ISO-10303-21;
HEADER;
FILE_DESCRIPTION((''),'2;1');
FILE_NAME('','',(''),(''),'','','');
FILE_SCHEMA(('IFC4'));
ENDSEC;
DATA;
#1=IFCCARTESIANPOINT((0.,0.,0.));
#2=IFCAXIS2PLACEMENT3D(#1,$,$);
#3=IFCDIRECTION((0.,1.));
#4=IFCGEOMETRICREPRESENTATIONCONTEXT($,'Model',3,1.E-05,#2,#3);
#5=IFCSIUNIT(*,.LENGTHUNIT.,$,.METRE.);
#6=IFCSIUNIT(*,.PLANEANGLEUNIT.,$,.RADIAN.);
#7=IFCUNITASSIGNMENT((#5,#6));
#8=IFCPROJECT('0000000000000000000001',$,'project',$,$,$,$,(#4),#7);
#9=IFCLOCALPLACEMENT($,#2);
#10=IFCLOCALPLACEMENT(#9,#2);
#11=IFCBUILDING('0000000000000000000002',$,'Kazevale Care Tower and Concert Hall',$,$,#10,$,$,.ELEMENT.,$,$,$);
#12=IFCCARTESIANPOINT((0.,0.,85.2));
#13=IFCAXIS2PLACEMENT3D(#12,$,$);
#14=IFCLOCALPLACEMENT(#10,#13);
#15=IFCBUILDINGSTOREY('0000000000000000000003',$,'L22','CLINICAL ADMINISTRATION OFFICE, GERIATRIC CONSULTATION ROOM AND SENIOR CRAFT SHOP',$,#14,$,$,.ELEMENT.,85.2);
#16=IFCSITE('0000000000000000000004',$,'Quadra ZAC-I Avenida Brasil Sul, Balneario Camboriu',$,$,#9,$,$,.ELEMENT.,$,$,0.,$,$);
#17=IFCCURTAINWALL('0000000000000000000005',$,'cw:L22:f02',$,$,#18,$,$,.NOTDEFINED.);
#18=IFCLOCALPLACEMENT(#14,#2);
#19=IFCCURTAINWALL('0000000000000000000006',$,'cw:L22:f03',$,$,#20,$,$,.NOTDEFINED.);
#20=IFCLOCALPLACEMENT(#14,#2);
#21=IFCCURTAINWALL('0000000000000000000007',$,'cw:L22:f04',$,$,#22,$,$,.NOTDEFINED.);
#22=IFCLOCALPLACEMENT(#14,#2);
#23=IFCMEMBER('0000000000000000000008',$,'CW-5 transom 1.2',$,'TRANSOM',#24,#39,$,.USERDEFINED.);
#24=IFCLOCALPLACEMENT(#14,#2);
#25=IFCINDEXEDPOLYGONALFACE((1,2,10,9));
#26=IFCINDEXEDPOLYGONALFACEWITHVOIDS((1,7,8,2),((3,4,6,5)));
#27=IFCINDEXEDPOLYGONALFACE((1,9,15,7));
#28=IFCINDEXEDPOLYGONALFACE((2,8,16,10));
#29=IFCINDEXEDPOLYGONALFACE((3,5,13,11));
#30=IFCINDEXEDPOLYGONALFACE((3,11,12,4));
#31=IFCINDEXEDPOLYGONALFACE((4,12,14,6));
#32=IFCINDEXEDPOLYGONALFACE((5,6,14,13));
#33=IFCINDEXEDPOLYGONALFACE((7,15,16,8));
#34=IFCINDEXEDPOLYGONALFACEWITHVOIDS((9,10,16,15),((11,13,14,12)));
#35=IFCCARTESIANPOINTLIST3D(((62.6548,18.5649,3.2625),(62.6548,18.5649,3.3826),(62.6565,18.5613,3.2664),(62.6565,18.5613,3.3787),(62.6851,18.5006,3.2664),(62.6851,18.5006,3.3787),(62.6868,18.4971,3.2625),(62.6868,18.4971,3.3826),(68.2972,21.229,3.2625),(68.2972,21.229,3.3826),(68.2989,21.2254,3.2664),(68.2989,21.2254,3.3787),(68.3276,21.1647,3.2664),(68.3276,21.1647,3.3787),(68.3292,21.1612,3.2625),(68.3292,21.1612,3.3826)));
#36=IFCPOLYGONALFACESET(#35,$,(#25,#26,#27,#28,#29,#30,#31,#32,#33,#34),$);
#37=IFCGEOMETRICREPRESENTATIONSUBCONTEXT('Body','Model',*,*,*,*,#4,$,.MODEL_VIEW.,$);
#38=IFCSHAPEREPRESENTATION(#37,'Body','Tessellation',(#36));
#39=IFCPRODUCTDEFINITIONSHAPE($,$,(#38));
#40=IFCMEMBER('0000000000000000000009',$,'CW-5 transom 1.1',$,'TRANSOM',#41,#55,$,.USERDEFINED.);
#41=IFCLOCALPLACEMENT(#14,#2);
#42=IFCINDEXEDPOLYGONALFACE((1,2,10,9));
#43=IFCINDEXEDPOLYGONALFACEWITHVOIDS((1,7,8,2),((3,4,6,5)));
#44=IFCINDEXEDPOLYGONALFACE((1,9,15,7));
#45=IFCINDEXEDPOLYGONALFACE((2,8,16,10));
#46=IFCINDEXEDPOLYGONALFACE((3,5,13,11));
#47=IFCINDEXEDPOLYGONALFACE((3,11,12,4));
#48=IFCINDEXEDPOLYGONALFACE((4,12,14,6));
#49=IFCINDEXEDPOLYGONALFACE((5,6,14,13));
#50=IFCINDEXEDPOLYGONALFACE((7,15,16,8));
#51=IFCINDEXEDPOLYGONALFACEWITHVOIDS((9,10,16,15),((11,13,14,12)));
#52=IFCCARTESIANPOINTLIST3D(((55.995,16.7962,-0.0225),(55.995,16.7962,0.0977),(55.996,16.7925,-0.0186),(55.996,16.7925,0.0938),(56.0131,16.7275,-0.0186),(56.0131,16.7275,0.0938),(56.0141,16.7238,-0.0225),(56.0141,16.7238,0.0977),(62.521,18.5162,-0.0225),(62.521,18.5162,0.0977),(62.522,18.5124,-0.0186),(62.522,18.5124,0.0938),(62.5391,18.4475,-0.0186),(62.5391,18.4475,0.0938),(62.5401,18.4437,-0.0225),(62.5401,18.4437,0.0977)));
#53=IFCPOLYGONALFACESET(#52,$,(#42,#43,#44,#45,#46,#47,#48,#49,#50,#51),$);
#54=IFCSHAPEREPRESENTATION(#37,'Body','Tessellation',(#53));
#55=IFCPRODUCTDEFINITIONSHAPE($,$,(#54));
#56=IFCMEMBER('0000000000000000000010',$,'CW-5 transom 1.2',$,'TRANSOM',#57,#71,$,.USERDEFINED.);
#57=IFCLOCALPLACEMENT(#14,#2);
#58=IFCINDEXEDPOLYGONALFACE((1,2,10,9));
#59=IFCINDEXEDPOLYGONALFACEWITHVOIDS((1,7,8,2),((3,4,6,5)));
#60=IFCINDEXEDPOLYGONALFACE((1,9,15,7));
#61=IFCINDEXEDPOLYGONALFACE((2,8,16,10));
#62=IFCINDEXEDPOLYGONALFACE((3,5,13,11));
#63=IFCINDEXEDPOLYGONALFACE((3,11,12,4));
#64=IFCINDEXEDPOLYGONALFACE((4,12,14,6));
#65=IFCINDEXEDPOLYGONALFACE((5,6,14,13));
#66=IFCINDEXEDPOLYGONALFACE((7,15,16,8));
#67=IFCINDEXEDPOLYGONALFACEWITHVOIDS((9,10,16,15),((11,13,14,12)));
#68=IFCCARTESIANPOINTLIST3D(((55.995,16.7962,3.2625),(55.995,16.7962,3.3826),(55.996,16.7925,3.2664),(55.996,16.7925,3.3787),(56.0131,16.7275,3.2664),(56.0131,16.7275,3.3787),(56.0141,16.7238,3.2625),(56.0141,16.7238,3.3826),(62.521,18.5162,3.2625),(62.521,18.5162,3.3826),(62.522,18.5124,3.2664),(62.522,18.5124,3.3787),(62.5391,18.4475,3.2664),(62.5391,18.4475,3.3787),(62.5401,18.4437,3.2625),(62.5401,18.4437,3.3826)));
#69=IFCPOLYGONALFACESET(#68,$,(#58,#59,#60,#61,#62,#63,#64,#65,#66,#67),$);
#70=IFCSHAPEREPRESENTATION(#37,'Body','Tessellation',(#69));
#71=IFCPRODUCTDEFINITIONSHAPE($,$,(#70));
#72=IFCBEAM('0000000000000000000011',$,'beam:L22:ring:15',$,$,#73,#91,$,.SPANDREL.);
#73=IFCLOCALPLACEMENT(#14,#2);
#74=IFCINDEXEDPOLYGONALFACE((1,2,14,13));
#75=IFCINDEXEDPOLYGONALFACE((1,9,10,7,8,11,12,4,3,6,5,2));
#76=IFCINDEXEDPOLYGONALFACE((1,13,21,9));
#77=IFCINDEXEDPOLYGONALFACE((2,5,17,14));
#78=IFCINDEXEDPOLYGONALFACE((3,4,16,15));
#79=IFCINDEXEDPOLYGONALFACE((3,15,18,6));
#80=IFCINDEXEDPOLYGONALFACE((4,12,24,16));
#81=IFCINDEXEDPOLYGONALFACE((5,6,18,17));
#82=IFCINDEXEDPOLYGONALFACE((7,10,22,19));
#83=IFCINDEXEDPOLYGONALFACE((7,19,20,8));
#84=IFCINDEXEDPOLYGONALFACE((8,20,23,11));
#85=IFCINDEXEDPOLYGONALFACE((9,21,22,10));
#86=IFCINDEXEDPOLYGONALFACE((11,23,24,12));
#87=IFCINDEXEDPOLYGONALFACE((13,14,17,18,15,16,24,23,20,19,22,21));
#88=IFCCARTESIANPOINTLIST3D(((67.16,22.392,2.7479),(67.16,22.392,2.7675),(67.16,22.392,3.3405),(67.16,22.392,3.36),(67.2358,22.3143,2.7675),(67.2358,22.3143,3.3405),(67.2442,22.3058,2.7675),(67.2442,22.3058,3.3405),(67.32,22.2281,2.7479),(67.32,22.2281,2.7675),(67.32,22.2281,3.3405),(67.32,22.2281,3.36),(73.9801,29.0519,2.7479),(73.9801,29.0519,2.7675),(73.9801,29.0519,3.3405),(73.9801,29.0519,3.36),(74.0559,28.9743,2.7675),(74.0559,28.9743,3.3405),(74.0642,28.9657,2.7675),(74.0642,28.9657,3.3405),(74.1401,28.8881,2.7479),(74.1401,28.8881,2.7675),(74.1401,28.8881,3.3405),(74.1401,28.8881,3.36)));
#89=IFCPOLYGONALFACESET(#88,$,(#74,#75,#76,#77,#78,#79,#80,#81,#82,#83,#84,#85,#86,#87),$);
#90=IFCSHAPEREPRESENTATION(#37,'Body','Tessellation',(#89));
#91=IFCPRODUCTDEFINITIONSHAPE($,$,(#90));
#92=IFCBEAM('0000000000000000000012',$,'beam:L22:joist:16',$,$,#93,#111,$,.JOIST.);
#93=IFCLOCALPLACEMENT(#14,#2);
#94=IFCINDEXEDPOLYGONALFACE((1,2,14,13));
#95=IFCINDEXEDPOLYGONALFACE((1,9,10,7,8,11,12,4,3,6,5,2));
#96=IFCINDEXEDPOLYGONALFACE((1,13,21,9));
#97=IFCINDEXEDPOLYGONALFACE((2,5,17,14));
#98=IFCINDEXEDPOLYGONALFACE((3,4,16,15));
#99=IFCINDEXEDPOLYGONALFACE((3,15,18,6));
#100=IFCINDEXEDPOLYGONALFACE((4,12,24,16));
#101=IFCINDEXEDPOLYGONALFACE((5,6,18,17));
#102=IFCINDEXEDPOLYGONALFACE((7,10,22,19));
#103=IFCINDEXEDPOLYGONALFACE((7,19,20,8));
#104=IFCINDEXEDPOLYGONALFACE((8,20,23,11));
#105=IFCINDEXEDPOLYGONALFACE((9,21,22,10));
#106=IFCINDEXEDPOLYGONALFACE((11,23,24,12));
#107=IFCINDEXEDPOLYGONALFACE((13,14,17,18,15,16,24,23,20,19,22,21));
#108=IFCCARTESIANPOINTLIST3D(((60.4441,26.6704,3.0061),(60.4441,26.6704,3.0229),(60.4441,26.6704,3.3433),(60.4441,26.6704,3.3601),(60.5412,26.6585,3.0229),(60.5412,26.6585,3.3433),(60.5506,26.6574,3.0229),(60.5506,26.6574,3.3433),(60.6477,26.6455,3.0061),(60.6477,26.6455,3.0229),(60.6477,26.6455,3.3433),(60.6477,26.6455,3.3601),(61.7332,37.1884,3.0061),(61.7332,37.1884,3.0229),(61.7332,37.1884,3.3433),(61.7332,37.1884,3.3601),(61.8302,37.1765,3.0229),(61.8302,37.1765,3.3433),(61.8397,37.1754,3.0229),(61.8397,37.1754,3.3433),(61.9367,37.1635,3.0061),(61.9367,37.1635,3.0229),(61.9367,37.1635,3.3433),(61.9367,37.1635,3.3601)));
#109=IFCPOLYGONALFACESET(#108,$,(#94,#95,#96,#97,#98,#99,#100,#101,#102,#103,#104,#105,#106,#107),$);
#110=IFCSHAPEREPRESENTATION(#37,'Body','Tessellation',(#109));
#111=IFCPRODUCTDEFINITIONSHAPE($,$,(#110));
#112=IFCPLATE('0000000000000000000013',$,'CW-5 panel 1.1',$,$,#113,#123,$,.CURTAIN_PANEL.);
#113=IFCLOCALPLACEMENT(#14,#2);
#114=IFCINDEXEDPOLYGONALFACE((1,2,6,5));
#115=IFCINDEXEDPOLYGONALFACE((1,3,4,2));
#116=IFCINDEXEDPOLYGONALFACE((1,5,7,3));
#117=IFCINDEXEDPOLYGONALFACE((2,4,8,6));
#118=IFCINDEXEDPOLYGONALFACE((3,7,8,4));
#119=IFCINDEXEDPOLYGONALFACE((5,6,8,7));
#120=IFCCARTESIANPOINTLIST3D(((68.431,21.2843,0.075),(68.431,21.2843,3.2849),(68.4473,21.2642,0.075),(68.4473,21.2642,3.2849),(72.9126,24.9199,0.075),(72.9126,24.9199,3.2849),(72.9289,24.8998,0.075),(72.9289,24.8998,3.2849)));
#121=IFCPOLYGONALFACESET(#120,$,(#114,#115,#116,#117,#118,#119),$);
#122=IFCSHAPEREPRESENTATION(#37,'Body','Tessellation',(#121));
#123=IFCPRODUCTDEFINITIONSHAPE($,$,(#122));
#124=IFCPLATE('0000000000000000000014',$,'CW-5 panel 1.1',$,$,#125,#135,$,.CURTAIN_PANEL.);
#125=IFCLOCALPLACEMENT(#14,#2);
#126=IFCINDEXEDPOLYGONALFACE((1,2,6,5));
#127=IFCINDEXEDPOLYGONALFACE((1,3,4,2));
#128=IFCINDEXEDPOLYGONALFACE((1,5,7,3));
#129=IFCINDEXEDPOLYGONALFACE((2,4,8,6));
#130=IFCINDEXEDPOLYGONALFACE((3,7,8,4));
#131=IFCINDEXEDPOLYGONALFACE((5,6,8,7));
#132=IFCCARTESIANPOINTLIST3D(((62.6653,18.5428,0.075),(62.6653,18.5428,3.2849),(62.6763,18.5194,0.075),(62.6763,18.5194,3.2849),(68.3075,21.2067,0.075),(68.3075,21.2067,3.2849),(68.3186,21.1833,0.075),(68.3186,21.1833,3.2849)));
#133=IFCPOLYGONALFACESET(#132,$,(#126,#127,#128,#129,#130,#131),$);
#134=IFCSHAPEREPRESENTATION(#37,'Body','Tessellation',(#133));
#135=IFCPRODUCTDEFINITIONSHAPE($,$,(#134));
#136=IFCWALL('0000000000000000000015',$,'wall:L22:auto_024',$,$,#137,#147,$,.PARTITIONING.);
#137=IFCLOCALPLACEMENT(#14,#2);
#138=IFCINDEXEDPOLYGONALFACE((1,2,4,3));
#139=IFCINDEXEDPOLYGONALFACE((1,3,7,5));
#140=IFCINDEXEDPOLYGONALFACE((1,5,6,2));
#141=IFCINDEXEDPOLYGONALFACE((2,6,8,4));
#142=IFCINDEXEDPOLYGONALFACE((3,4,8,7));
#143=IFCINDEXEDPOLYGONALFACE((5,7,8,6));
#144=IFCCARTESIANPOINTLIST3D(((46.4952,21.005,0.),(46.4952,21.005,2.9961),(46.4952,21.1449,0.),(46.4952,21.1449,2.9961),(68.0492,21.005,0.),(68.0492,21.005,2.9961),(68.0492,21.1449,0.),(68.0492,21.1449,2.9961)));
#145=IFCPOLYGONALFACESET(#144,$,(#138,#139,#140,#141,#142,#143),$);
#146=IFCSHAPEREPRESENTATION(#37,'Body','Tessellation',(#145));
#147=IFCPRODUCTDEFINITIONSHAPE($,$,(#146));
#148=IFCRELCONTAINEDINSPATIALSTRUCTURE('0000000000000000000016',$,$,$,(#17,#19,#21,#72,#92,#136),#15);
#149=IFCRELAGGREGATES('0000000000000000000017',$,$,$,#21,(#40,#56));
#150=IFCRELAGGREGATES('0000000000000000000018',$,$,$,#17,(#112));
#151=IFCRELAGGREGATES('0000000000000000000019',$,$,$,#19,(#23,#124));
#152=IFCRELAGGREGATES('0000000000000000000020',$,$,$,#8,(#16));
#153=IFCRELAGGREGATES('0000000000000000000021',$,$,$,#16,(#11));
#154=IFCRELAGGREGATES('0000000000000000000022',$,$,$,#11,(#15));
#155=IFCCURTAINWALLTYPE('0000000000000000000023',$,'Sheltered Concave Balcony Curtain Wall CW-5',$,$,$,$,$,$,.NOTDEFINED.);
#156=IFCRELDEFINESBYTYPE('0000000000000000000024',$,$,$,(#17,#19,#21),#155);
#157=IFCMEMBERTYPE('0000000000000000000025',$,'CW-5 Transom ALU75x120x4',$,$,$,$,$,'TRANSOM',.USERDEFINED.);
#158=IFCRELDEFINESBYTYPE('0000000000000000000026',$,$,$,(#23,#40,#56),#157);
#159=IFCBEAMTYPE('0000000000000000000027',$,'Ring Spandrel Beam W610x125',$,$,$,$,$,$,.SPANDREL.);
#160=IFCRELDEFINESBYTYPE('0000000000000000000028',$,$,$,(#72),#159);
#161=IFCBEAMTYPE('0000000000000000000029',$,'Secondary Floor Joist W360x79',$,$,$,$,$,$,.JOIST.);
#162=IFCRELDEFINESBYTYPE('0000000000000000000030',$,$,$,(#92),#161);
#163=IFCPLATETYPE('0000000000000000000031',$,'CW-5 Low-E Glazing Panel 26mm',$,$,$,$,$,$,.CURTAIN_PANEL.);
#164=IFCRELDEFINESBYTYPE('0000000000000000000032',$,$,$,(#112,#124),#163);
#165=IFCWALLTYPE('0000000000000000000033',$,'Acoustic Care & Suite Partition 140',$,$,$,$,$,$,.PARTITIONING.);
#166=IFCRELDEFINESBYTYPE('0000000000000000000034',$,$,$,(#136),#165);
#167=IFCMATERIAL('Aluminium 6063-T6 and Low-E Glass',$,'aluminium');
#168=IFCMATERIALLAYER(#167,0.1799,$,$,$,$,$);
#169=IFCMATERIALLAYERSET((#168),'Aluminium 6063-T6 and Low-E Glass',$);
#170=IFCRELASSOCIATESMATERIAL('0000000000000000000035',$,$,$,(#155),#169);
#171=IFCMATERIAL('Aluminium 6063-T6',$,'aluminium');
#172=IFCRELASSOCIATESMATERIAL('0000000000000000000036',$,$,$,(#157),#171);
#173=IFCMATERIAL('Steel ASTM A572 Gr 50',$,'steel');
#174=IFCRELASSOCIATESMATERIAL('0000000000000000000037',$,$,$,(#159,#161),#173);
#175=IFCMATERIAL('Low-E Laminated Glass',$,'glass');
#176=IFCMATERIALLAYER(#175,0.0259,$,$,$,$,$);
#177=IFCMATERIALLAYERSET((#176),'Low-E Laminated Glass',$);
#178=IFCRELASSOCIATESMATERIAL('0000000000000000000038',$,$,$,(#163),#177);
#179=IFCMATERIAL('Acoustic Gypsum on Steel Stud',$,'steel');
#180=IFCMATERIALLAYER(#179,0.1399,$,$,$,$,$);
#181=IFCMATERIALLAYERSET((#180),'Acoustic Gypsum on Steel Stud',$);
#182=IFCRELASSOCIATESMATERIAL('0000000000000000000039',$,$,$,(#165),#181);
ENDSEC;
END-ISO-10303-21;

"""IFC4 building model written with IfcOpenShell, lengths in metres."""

from ifc_helpers import new_model, si_unit, direction, frame, frame_2d, origin, origin_2d, place, context, subcontext, project, spatial, rectangle, hollow_rectangle, i_section, extrude, material, layer, layer_set, material_profile, profile_set, type_object, element, aggregate, save


model = new_model("IFC4")

# Units and contexts
model_context = context("Model", 3, precision=1e-05, world=origin(), true_north=direction((0.0, 1.0)))
body_context = subcontext(model_context, "Body", "Model", "MODEL_VIEW")
ifc_project = project(units=[si_unit("LENGTHUNIT", "METRE"), si_unit("PLANEANGLEUNIT", "RADIAN")], contexts=[model_context])

# Site, building, storey
site_placement = place(None, origin())
site = spatial("IfcSite", under=ifc_project, at=site_placement, Name="Quadra ZAC-I Avenida Brasil Sul, Balneario Camboriu", CompositionType="ELEMENT", RefElevation=0.0)
building_placement = place(site_placement, origin())
building = spatial("IfcBuilding", under=site, at=building_placement, Name="Kazevale Care Tower and Concert Hall", CompositionType="ELEMENT")
storey_placement = place(building_placement, frame((0.0, 0.0, 85.2)))
storey = spatial("IfcBuildingStorey", under=building, at=storey_placement, Name="L22", Description="CLINICAL ADMINISTRATION OFFICE, GERIATRIC CONSULTATION ROOM AND SENIOR CRAFT SHOP", CompositionType="ELEMENT", Elevation=85.2)

# Curtain walls
ifc_material_1 = material(Name="Aluminium 6063-T6 and Low-E Glass", Category="aluminium")
ifc_layer_1 = layer(ifc_material_1, 0.1799)
ifc_layer_set_1 = layer_set([ifc_layer_1], Name="Aluminium 6063-T6 and Low-E Glass")
curtain_wall_type = type_object("IfcCurtainWallType", Name="Sheltered Concave Balcony Curtain Wall CW-5", PredefinedType="NOTDEFINED", material=ifc_layer_set_1)
curtain_wall_1_placement = place(storey_placement, origin())
curtain_wall_1 = element("IfcCurtainWall", 1, at=curtain_wall_1_placement, inside=storey, type_object=curtain_wall_type, Name="cw:L22:f02", PredefinedType="NOTDEFINED")
ifc_material_2 = material(Name="Aluminium 6063-T6", Category="aluminium")
curtain_wall_2_placement = place(storey_placement, origin())
curtain_wall_2 = element("IfcCurtainWall", 2, at=curtain_wall_2_placement, inside=storey, type_object=curtain_wall_type, Name="cw:L22:f03", PredefinedType="NOTDEFINED")

# Curtain wall
curtain_wall_3_placement = place(storey_placement, origin())
curtain_wall_3 = element("IfcCurtainWall", 3, at=curtain_wall_3_placement, inside=storey, type_object=curtain_wall_type, Name="cw:L22:f04", PredefinedType="NOTDEFINED")

# Members
ifc_material_profile_1 = material_profile(ifc_material_2, hollow_rectangle(XDim=0.075, YDim=0.1201, WallThickness=0.0039, at=origin_2d()), Name="ALU75x120x4")
ifc_profile_set_1 = profile_set([ifc_material_profile_1], Name="Aluminium 6063-T6")
member_type_1 = type_object("IfcMemberType", Name="CW-5 Transom ALU75x120x4", ElementType="TRANSOM", PredefinedType="USERDEFINED", material=ifc_profile_set_1)
member_1_placement = place(storey_placement, frame((68.3132, 21.1951, 3.3225), z_axis=(-0.904272, -0.426957, 0.0), x_axis=(0.426957, -0.904272, 0.0)))
member_1 = element("IfcMember", 4, at=member_1_placement, type_object=member_type_1, Name="CW-5 transom 1.2", ObjectType="TRANSOM", PredefinedType="USERDEFINED", context=body_context, shape_type="SweptSolid", body=[
    extrude(hollow_rectangle(XDim=0.075, YDim=0.1201, WallThickness=0.0039, at=origin_2d()), origin(), (0.0, 0.0, 1.0), 6.2397),
])
member_2_placement = place(storey_placement, frame((62.5305, 18.48, 0.0376), z_axis=(-0.966978, -0.254858, 0.0), x_axis=(0.254858, -0.966978, 0.0)))
member_2 = element("IfcMember", 5, at=member_2_placement, type_object=member_type_1, Name="CW-5 transom 1.1", ObjectType="TRANSOM", PredefinedType="USERDEFINED", context=body_context, shape_type="SweptSolid", body=[
    extrude(hollow_rectangle(XDim=0.075, YDim=0.1201, WallThickness=0.0039, at=origin_2d()), origin(), (0.0, 0.0, 1.0), 6.7488),
])
member_3_placement = place(storey_placement, frame((62.5305, 18.48, 3.3225), z_axis=(-0.966978, -0.254858, 0.0), x_axis=(0.254858, -0.966978, 0.0)))
member_3 = element("IfcMember", 6, at=member_3_placement, type_object=member_type_1, Name="CW-5 transom 1.2", ObjectType="TRANSOM", PredefinedType="USERDEFINED", context=body_context, shape_type="SweptSolid", body=[
    extrude(hollow_rectangle(XDim=0.075, YDim=0.1201, WallThickness=0.0039, at=origin_2d()), origin(), (0.0, 0.0, 1.0), 6.7488),
])
aggregate(curtain_wall_3, [member_2, member_3])

# Beams
ifc_material_3 = material(Name="Steel ASTM A572 Gr 50", Category="steel")
ifc_material_profile_2 = material_profile(ifc_material_3, i_section(OverallWidth=0.229, OverallDepth=0.6121, WebThickness=0.012, FlangeThickness=0.0195, at=origin_2d()), Name="W610x125")
ifc_profile_set_2 = profile_set([ifc_material_profile_2], Name="Steel ASTM A572 Gr 50")
beam_type_1 = type_object("IfcBeamType", Name="Ring Spandrel Beam W610x125", PredefinedType="SPANDREL", material=ifc_profile_set_2)
beam_1_placement = place(storey_placement, frame((67.24, 22.3101, 3.054), z_axis=(0.715457, 0.698656, 0.0), x_axis=(-0.698656, 0.715457, 0.0)))
element("IfcBeam", 7, at=beam_1_placement, inside=storey, type_object=beam_type_1, Name="beam:L22:ring:15", PredefinedType="SPANDREL", context=body_context, shape_type="SweptSolid", body=[
    extrude(i_section(OverallWidth=0.229, OverallDepth=0.6121, WebThickness=0.012, FlangeThickness=0.0195, at=origin_2d()), origin(), (0.0, 0.0, 1.0), 9.5325),
])
ifc_material_profile_3 = material_profile(ifc_material_3, i_section(OverallWidth=0.2051, OverallDepth=0.354, WebThickness=0.0095, FlangeThickness=0.0168, at=origin_2d()), Name="W360x79")
ifc_profile_set_3 = profile_set([ifc_material_profile_3], Name="Steel ASTM A572 Gr 50")
beam_type_2 = type_object("IfcBeamType", Name="Secondary Floor Joist W360x79", PredefinedType="JOIST", material=ifc_profile_set_3)
beam_2_placement = place(storey_placement, frame((60.5459, 26.658, 3.1831), z_axis=(0.121647, 0.992573, 0.0), x_axis=(-0.992573, 0.121647, 0.0)))
element("IfcBeam", 8, at=beam_2_placement, inside=storey, type_object=beam_type_2, Name="beam:L22:joist:16", PredefinedType="JOIST", context=body_context, shape_type="SweptSolid", body=[
    extrude(i_section(OverallWidth=0.2051, OverallDepth=0.354, WebThickness=0.0095, FlangeThickness=0.0168, at=origin_2d()), origin(), (0.0, 0.0, 1.0), 10.5967),
])

# Plates
ifc_material_4 = material(Name="Low-E Laminated Glass", Category="glass")
ifc_layer_2 = layer(ifc_material_4, 0.0259)
ifc_layer_set_2 = layer_set([ifc_layer_2], Name="Low-E Laminated Glass")
plate_type = type_object("IfcPlateType", Name="CW-5 Low-E Glazing Panel 26mm", PredefinedType="CURTAIN_PANEL", material=ifc_layer_set_2)
plate_1_placement = place(storey_placement, frame((70.6799, 23.092, 0.075), z_axis=(0.0, 0.0, 1.0), x_axis=(-0.776599, -0.629995, 0.0)))
plate_1 = element("IfcPlate", 9, at=plate_1_placement, type_object=plate_type, Name="CW-5 panel 1.1", PredefinedType="CURTAIN_PANEL", context=body_context, shape_type="SweptSolid", body=[
    extrude(rectangle(XDim=5.7708, YDim=0.0259, at=origin_2d()), origin(), (0.0, 0.0, 1.0), 3.21),
])
aggregate(curtain_wall_1, [plate_1])
plate_2_placement = place(storey_placement, frame((65.4919, 19.863, 0.075), z_axis=(0.0, 0.0, 1.0), x_axis=(-0.904279, -0.426942, 0.0)))
plate_2 = element("IfcPlate", 10, at=plate_2_placement, type_object=plate_type, Name="CW-5 panel 1.1", PredefinedType="CURTAIN_PANEL", context=body_context, shape_type="SweptSolid", body=[
    extrude(rectangle(XDim=6.2395, YDim=0.0259, at=origin_2d()), origin(), (0.0, 0.0, 1.0), 3.21),
])
aggregate(curtain_wall_2, [member_1, plate_2])

# Wall
ifc_material_5 = material(Name="Acoustic Gypsum on Steel Stud", Category="steel")
ifc_layer_3 = layer(ifc_material_5, 0.1399)
ifc_layer_set_3 = layer_set([ifc_layer_3], Name="Acoustic Gypsum on Steel Stud")
wall_type = type_object("IfcWallType", Name="Acoustic Care & Suite Partition 140", PredefinedType="PARTITIONING", material=ifc_layer_set_3)
wall_placement = place(storey_placement, frame((68.0491, 21.075, 0.0), z_axis=(0.0, 0.0, 1.0), x_axis=(-1.0, 0.0, 0.0)))
element("IfcWall", 11, at=wall_placement, inside=storey, type_object=wall_type, Name="wall:L22:auto_024", PredefinedType="PARTITIONING", context=body_context, shape_type="SweptSolid", body=[
    extrude(rectangle(XDim=21.554, YDim=0.1399, at=frame_2d((10.7769, 0.0))), origin(), (0.0, 0.0, 1.0), 2.9961),
])

save(model, "model.ifc")
